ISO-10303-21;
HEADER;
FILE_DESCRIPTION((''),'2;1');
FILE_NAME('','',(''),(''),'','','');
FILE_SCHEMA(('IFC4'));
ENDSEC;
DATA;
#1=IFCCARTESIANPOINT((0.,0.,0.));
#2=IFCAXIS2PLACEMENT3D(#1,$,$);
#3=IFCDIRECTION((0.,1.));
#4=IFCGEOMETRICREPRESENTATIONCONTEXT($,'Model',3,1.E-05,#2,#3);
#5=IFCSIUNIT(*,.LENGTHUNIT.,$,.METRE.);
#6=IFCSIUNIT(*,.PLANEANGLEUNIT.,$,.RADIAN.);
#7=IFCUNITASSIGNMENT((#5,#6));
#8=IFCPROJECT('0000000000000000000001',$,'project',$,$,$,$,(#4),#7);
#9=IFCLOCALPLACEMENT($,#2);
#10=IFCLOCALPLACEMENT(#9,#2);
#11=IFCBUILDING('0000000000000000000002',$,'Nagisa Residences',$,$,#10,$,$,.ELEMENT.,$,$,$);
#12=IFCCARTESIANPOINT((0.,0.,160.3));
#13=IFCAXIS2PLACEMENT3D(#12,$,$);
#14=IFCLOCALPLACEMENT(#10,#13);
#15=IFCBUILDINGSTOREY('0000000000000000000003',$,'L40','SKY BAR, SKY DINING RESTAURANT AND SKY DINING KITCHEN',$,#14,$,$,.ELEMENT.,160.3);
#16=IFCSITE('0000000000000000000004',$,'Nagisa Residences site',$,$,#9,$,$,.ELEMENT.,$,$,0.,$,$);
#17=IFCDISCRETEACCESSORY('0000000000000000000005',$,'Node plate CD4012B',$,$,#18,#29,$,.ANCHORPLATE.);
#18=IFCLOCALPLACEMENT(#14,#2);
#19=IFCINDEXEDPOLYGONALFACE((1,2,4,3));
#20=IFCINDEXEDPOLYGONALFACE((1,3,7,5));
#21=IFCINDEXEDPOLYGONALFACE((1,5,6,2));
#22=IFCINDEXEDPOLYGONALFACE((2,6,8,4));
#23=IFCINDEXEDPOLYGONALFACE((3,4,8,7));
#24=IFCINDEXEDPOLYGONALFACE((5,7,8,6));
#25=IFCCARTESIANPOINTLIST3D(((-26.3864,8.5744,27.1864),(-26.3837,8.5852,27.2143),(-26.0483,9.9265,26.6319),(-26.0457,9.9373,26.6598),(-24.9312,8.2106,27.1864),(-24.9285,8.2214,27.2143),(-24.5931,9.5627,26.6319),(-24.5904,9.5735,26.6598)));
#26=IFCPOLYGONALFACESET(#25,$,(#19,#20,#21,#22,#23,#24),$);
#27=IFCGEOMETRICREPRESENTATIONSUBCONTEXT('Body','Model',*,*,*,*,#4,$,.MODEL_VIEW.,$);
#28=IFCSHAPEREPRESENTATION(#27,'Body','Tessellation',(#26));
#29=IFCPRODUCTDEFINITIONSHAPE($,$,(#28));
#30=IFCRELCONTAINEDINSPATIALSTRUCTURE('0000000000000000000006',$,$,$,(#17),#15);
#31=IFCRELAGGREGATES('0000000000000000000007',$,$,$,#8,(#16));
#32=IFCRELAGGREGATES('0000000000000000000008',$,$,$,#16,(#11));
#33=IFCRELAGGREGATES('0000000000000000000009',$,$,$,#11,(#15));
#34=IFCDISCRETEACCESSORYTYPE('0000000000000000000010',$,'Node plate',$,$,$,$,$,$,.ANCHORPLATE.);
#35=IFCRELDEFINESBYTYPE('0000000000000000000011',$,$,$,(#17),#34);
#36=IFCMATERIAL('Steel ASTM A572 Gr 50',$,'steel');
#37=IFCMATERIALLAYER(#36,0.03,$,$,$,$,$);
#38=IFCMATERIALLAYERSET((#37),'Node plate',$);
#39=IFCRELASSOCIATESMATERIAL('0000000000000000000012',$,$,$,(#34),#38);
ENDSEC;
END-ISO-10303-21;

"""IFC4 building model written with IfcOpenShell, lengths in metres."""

from ifc_helpers import new_model, si_unit, direction, frame, origin, origin_2d, place, context, subcontext, project, spatial, rectangle, extrude, material, layer, layer_set, type_object, element, save


model = new_model("IFC4")

# Units and contexts
model_context = context("Model", 3, precision=1e-05, world=origin(), true_north=direction((0.0, 1.0)))
body_context = subcontext(model_context, "Body", "Model", "MODEL_VIEW")
ifc_project = project(units=[si_unit("LENGTHUNIT", "METRE"), si_unit("PLANEANGLEUNIT", "RADIAN")], contexts=[model_context])

# Site, building, storey
site_placement = place(None, origin())
site = spatial("IfcSite", under=ifc_project, at=site_placement, Name="Nagisa Residences site", CompositionType="ELEMENT", RefElevation=0.0)
building_placement = place(site_placement, origin())
building = spatial("IfcBuilding", under=site, at=building_placement, Name="Nagisa Residences", CompositionType="ELEMENT")
storey_placement = place(building_placement, frame((0.0, 0.0, 160.3)))
storey = spatial("IfcBuildingStorey", under=building, at=storey_placement, Name="L40", Description="SKY BAR, SKY DINING RESTAURANT AND SKY DINING KITCHEN", CompositionType="ELEMENT", Elevation=160.3)

# Discrete accessory
ifc_material_1 = material(Name="Steel ASTM A572 Gr 50", Category="steel")
ifc_layer = layer(ifc_material_1, 0.03)
ifc_layer_set = layer_set([ifc_layer], Name="Node plate")
discrete_accessory_type = type_object("IfcDiscreteAccessoryType", Name="Node plate", PredefinedType="ANCHORPLATE", material=ifc_layer_set)
for number, where, z_axis, x_axis, name in (
    (1, (-25.4871, 9.0793, 26.937), (-0.089656, -0.358625, -0.929166), (0.970143, -0.242536, 0.0), "Node plate CD4012B"),
):
    element("IfcDiscreteAccessory", number, at=place(storey_placement, frame(where, z_axis=z_axis, x_axis=x_axis)), inside=storey, type_object=discrete_accessory_type, Name=name, PredefinedType="ANCHORPLATE", context=body_context, shape_type="SweptSolid", body=[
        extrude(rectangle(XDim=1.5, YDim=1.5, at=origin_2d()), origin(), (0.0, 0.0, 1.0), 0.03),
    ])

save(model, "model.ifc")
